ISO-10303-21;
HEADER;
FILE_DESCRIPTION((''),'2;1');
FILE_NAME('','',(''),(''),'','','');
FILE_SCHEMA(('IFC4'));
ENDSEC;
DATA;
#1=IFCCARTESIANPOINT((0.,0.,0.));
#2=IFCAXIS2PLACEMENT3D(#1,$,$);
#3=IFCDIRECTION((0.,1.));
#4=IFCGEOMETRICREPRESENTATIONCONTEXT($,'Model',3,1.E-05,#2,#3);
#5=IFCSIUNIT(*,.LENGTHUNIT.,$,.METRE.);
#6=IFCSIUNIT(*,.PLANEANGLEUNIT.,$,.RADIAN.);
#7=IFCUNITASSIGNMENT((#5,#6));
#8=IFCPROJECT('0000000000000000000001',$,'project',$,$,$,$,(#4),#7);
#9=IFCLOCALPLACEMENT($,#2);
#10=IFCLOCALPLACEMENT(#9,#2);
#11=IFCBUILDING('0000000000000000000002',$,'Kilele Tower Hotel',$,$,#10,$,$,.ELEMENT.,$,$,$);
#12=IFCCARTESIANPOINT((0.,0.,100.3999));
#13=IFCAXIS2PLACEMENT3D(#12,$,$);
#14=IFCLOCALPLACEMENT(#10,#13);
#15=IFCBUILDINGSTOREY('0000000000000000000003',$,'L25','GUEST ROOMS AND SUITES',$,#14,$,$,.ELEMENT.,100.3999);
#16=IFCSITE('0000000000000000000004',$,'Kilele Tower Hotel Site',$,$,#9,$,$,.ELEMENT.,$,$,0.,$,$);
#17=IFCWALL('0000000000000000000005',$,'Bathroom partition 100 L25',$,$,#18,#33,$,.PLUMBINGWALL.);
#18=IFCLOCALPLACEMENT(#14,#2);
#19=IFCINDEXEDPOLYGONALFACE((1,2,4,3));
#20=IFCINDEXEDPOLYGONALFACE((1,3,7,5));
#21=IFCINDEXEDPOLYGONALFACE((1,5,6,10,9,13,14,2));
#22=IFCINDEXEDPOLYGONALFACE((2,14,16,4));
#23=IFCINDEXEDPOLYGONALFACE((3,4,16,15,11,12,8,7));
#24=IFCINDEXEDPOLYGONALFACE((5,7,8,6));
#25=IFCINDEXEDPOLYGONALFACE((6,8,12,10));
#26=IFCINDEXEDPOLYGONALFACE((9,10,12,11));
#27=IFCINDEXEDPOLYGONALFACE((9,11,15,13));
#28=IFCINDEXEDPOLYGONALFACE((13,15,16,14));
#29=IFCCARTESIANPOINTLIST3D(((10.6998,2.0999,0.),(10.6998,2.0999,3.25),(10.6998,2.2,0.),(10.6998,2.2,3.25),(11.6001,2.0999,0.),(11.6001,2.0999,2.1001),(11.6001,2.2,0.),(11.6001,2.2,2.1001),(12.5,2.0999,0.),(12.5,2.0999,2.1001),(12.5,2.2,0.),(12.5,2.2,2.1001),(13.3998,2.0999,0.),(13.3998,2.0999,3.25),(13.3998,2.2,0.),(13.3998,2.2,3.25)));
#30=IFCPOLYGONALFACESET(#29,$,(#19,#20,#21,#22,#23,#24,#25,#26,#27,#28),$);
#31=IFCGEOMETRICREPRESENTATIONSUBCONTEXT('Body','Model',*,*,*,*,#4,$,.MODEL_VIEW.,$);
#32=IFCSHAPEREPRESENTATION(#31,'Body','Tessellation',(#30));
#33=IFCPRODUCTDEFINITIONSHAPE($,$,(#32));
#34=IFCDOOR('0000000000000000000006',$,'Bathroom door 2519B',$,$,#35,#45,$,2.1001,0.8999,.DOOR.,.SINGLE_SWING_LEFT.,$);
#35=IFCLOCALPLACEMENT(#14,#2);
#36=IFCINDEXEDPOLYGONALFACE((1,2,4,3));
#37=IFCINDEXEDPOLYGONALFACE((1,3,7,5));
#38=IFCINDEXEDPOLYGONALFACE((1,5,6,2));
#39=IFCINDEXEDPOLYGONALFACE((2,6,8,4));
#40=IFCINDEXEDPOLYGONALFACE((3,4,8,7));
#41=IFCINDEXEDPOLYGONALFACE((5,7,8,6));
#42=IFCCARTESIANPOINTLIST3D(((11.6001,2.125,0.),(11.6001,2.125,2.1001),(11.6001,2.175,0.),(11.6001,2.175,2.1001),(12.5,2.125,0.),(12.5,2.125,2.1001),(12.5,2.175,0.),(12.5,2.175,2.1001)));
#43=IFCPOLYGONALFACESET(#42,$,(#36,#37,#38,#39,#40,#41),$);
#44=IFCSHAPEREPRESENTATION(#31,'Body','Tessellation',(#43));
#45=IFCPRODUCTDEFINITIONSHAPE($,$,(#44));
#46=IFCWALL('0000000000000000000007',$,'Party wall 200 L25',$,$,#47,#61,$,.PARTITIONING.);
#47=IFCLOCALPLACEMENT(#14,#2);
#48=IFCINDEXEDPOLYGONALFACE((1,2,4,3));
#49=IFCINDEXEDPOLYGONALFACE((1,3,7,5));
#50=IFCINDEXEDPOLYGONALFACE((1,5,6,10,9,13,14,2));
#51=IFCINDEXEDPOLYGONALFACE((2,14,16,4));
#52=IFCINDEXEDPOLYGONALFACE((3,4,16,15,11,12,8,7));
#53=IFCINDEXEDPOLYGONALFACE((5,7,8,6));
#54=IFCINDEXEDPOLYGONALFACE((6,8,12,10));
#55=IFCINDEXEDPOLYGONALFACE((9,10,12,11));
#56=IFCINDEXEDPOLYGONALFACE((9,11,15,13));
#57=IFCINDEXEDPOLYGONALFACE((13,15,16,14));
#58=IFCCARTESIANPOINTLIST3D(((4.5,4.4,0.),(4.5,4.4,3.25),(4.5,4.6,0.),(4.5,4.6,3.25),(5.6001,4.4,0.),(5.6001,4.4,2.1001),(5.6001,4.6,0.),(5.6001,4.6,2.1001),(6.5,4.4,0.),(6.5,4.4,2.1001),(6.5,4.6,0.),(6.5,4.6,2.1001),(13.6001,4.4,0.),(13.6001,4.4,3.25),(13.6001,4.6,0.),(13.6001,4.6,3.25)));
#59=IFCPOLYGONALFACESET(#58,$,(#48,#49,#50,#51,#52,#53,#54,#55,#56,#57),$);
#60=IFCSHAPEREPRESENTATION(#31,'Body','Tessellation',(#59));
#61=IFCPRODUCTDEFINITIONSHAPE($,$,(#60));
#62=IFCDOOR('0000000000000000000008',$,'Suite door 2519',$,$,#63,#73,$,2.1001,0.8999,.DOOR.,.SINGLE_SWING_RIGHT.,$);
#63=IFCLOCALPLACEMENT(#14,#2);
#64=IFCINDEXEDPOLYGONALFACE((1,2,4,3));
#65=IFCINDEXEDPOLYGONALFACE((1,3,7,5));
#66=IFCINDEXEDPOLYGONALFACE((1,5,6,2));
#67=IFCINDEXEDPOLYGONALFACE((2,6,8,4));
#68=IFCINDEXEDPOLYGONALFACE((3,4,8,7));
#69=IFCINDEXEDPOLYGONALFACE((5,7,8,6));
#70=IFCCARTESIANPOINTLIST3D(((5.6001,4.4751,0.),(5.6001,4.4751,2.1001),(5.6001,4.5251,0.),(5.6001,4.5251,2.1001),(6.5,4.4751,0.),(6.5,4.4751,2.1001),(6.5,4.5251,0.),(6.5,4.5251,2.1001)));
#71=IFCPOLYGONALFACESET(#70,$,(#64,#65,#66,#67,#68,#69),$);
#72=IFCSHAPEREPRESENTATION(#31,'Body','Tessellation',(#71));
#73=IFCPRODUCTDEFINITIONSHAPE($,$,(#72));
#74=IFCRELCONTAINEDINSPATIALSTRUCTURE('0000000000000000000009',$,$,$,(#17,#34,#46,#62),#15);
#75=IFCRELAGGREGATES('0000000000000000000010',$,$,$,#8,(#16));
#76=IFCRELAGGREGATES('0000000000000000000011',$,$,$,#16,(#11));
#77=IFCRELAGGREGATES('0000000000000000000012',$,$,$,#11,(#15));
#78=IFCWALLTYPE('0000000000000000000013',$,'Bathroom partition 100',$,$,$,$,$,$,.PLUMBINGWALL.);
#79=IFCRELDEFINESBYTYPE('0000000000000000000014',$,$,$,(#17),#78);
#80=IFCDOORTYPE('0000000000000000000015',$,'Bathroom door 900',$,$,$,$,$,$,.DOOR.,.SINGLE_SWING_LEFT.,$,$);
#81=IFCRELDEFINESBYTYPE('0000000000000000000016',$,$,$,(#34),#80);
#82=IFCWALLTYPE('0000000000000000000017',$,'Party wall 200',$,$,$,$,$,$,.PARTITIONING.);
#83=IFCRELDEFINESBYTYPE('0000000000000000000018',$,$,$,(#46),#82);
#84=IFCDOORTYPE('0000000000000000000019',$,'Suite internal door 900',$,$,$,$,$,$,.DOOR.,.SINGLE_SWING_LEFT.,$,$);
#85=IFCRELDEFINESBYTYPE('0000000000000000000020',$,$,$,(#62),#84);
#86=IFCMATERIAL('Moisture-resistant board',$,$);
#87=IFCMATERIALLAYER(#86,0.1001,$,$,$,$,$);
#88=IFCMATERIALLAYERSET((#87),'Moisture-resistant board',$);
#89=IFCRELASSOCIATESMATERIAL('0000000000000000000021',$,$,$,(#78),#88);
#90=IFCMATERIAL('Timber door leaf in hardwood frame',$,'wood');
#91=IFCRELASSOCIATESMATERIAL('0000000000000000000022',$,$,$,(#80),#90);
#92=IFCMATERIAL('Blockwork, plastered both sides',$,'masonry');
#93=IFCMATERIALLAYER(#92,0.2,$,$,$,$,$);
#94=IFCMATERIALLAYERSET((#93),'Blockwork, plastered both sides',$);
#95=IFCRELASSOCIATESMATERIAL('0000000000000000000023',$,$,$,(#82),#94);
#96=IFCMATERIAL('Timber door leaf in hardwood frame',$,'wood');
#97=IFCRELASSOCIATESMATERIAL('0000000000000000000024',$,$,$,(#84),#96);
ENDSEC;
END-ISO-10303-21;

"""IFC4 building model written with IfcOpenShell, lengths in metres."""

from ifc_helpers import new_model, si_unit, direction, frame, frame_2d, origin, place, context, subcontext, project, spatial, rectangle, extrude, material, layer, layer_set, type_object, element, fill, save


model = new_model("IFC4")

# Units and contexts
model_context = context("Model", 3, precision=1e-05, world=origin(), true_north=direction((0.0, 1.0)))
body_context = subcontext(model_context, "Body", "Model", "MODEL_VIEW")
ifc_project = project(units=[si_unit("LENGTHUNIT", "METRE"), si_unit("PLANEANGLEUNIT", "RADIAN")], contexts=[model_context])

# Site, building, storey
site_placement = place(None, origin())
site = spatial("IfcSite", under=ifc_project, at=site_placement, Name="Kilele Tower Hotel Site", CompositionType="ELEMENT", RefElevation=0.0)
building_placement = place(site_placement, origin())
building = spatial("IfcBuilding", under=site, at=building_placement, Name="Kilele Tower Hotel", CompositionType="ELEMENT")
storey_placement = place(building_placement, frame((0.0, 0.0, 100.3999)))
storey = spatial("IfcBuildingStorey", under=building, at=storey_placement, Name="L25", Description="GUEST ROOMS AND SUITES", CompositionType="ELEMENT", Elevation=100.3999)

# Shared definitions
ifc_material_1 = material(Name="Moisture-resistant board")
ifc_layer_1 = layer(ifc_material_1, 0.1001)
ifc_layer_set_1 = layer_set([ifc_layer_1], Name="Moisture-resistant board")
wall_type_1 = type_object("IfcWallType", Name="Bathroom partition 100", PredefinedType="PLUMBINGWALL", material=ifc_layer_set_1)

# Shared definitions
ifc_material_2 = material(Name="Timber door leaf in hardwood frame", Category="wood")
door_type_1 = type_object("IfcDoorType", Name="Bathroom door 900", OperationType="SINGLE_SWING_LEFT", PredefinedType="DOOR", material=ifc_material_2)

# Walls, openings, doors
wall_1_placement = place(storey_placement, frame((13.3999, 2.1499, 0.0), z_axis=(0.0, 0.0, 1.0), x_axis=(-1.0, 0.0, 0.0)))
wall_1 = element("IfcWall", 1, at=wall_1_placement, inside=storey, type_object=wall_type_1, Name="Bathroom partition 100 L25", PredefinedType="PLUMBINGWALL", context=body_context, shape_type="SweptSolid", body=[
    extrude(rectangle(XDim=2.7, YDim=0.1001, at=frame_2d((1.3501, 0.0))), origin(), (0.0, 0.0, 1.0), 3.25),
])
opening_1_placement = place(wall_1_placement, frame((0.8999, 0.0, 0.0)))
opening_1 = element("IfcOpeningElement", 2, at=opening_1_placement, cuts=wall_1, PredefinedType="OPENING", context=body_context, shape_type="SweptSolid", body=[
    extrude(rectangle(XDim=0.8999, YDim=2.1001, at=frame_2d((0.45, 1.05))), frame((0.0, 0.0601, 0.0), z_axis=(0.0, -1.0, 0.0), x_axis=(1.0, 0.0, 0.0)), (0.0, 0.0, 1.0), 0.1201),
])
door_1_placement = place(opening_1_placement, origin())
door_1 = element("IfcDoor", 3, at=door_1_placement, inside=storey, type_object=door_type_1, Name="Bathroom door 2519B", OperationType="SINGLE_SWING_LEFT", OverallHeight=2.1001, OverallWidth=0.8999, PredefinedType="DOOR", context=body_context, shape_type="SweptSolid", body=[
    extrude(rectangle(XDim=0.8999, YDim=2.1001, at=frame_2d((0.45, 1.05))), frame((0.0, 0.0249, 0.0), z_axis=(0.0, -1.0, 0.0), x_axis=(1.0, 0.0, 0.0)), (0.0, 0.0, 1.0), 0.05),
])
fill(opening_1, door_1)
ifc_material_3 = material(Name="Blockwork, plastered both sides", Category="masonry")
ifc_layer_2 = layer(ifc_material_3, 0.2)
ifc_layer_set_2 = layer_set([ifc_layer_2], Name="Blockwork, plastered both sides")
wall_type_2 = type_object("IfcWallType", Name="Party wall 200", PredefinedType="PARTITIONING", material=ifc_layer_set_2)
wall_2_placement = place(storey_placement, frame((13.6001, 4.5, 0.0), z_axis=(0.0, 0.0, 1.0), x_axis=(-1.0, 0.0, 0.0)))
wall_2 = element("IfcWall", 4, at=wall_2_placement, inside=storey, type_object=wall_type_2, Name="Party wall 200 L25", PredefinedType="PARTITIONING", context=body_context, shape_type="SweptSolid", body=[
    extrude(rectangle(XDim=9.1001, YDim=0.2, at=frame_2d((4.55, 0.0))), origin(), (0.0, 0.0, 1.0), 3.25),
])
opening_2_placement = place(wall_2_placement, frame((7.1001, 0.0, 0.0)))
opening_2 = element("IfcOpeningElement", 5, at=opening_2_placement, cuts=wall_2, PredefinedType="OPENING", context=body_context, shape_type="SweptSolid", body=[
    extrude(rectangle(XDim=0.8999, YDim=2.1001, at=frame_2d((0.45, 1.05))), frame((0.0, 0.1099, 0.0), z_axis=(0.0, -1.0, 0.0), x_axis=(1.0, 0.0, 0.0)), (0.0, 0.0, 1.0), 0.22),
])
ifc_material_4 = material(Name="Timber door leaf in hardwood frame", Category="wood")
door_type_2 = type_object("IfcDoorType", Name="Suite internal door 900", OperationType="SINGLE_SWING_LEFT", PredefinedType="DOOR", material=ifc_material_4)
door_2_placement = place(opening_2_placement, origin())
door_2 = element("IfcDoor", 6, at=door_2_placement, inside=storey, type_object=door_type_2, Name="Suite door 2519", OperationType="SINGLE_SWING_RIGHT", OverallHeight=2.1001, OverallWidth=0.8999, PredefinedType="DOOR", context=body_context, shape_type="SweptSolid", body=[
    extrude(rectangle(XDim=0.8999, YDim=2.1001, at=frame_2d((0.45, 1.05))), frame((0.0, 0.0249, 0.0), z_axis=(0.0, -1.0, 0.0), x_axis=(1.0, 0.0, 0.0)), (0.0, 0.0, 1.0), 0.05),
])
fill(opening_2, door_2)

save(model, "model.ifc")
